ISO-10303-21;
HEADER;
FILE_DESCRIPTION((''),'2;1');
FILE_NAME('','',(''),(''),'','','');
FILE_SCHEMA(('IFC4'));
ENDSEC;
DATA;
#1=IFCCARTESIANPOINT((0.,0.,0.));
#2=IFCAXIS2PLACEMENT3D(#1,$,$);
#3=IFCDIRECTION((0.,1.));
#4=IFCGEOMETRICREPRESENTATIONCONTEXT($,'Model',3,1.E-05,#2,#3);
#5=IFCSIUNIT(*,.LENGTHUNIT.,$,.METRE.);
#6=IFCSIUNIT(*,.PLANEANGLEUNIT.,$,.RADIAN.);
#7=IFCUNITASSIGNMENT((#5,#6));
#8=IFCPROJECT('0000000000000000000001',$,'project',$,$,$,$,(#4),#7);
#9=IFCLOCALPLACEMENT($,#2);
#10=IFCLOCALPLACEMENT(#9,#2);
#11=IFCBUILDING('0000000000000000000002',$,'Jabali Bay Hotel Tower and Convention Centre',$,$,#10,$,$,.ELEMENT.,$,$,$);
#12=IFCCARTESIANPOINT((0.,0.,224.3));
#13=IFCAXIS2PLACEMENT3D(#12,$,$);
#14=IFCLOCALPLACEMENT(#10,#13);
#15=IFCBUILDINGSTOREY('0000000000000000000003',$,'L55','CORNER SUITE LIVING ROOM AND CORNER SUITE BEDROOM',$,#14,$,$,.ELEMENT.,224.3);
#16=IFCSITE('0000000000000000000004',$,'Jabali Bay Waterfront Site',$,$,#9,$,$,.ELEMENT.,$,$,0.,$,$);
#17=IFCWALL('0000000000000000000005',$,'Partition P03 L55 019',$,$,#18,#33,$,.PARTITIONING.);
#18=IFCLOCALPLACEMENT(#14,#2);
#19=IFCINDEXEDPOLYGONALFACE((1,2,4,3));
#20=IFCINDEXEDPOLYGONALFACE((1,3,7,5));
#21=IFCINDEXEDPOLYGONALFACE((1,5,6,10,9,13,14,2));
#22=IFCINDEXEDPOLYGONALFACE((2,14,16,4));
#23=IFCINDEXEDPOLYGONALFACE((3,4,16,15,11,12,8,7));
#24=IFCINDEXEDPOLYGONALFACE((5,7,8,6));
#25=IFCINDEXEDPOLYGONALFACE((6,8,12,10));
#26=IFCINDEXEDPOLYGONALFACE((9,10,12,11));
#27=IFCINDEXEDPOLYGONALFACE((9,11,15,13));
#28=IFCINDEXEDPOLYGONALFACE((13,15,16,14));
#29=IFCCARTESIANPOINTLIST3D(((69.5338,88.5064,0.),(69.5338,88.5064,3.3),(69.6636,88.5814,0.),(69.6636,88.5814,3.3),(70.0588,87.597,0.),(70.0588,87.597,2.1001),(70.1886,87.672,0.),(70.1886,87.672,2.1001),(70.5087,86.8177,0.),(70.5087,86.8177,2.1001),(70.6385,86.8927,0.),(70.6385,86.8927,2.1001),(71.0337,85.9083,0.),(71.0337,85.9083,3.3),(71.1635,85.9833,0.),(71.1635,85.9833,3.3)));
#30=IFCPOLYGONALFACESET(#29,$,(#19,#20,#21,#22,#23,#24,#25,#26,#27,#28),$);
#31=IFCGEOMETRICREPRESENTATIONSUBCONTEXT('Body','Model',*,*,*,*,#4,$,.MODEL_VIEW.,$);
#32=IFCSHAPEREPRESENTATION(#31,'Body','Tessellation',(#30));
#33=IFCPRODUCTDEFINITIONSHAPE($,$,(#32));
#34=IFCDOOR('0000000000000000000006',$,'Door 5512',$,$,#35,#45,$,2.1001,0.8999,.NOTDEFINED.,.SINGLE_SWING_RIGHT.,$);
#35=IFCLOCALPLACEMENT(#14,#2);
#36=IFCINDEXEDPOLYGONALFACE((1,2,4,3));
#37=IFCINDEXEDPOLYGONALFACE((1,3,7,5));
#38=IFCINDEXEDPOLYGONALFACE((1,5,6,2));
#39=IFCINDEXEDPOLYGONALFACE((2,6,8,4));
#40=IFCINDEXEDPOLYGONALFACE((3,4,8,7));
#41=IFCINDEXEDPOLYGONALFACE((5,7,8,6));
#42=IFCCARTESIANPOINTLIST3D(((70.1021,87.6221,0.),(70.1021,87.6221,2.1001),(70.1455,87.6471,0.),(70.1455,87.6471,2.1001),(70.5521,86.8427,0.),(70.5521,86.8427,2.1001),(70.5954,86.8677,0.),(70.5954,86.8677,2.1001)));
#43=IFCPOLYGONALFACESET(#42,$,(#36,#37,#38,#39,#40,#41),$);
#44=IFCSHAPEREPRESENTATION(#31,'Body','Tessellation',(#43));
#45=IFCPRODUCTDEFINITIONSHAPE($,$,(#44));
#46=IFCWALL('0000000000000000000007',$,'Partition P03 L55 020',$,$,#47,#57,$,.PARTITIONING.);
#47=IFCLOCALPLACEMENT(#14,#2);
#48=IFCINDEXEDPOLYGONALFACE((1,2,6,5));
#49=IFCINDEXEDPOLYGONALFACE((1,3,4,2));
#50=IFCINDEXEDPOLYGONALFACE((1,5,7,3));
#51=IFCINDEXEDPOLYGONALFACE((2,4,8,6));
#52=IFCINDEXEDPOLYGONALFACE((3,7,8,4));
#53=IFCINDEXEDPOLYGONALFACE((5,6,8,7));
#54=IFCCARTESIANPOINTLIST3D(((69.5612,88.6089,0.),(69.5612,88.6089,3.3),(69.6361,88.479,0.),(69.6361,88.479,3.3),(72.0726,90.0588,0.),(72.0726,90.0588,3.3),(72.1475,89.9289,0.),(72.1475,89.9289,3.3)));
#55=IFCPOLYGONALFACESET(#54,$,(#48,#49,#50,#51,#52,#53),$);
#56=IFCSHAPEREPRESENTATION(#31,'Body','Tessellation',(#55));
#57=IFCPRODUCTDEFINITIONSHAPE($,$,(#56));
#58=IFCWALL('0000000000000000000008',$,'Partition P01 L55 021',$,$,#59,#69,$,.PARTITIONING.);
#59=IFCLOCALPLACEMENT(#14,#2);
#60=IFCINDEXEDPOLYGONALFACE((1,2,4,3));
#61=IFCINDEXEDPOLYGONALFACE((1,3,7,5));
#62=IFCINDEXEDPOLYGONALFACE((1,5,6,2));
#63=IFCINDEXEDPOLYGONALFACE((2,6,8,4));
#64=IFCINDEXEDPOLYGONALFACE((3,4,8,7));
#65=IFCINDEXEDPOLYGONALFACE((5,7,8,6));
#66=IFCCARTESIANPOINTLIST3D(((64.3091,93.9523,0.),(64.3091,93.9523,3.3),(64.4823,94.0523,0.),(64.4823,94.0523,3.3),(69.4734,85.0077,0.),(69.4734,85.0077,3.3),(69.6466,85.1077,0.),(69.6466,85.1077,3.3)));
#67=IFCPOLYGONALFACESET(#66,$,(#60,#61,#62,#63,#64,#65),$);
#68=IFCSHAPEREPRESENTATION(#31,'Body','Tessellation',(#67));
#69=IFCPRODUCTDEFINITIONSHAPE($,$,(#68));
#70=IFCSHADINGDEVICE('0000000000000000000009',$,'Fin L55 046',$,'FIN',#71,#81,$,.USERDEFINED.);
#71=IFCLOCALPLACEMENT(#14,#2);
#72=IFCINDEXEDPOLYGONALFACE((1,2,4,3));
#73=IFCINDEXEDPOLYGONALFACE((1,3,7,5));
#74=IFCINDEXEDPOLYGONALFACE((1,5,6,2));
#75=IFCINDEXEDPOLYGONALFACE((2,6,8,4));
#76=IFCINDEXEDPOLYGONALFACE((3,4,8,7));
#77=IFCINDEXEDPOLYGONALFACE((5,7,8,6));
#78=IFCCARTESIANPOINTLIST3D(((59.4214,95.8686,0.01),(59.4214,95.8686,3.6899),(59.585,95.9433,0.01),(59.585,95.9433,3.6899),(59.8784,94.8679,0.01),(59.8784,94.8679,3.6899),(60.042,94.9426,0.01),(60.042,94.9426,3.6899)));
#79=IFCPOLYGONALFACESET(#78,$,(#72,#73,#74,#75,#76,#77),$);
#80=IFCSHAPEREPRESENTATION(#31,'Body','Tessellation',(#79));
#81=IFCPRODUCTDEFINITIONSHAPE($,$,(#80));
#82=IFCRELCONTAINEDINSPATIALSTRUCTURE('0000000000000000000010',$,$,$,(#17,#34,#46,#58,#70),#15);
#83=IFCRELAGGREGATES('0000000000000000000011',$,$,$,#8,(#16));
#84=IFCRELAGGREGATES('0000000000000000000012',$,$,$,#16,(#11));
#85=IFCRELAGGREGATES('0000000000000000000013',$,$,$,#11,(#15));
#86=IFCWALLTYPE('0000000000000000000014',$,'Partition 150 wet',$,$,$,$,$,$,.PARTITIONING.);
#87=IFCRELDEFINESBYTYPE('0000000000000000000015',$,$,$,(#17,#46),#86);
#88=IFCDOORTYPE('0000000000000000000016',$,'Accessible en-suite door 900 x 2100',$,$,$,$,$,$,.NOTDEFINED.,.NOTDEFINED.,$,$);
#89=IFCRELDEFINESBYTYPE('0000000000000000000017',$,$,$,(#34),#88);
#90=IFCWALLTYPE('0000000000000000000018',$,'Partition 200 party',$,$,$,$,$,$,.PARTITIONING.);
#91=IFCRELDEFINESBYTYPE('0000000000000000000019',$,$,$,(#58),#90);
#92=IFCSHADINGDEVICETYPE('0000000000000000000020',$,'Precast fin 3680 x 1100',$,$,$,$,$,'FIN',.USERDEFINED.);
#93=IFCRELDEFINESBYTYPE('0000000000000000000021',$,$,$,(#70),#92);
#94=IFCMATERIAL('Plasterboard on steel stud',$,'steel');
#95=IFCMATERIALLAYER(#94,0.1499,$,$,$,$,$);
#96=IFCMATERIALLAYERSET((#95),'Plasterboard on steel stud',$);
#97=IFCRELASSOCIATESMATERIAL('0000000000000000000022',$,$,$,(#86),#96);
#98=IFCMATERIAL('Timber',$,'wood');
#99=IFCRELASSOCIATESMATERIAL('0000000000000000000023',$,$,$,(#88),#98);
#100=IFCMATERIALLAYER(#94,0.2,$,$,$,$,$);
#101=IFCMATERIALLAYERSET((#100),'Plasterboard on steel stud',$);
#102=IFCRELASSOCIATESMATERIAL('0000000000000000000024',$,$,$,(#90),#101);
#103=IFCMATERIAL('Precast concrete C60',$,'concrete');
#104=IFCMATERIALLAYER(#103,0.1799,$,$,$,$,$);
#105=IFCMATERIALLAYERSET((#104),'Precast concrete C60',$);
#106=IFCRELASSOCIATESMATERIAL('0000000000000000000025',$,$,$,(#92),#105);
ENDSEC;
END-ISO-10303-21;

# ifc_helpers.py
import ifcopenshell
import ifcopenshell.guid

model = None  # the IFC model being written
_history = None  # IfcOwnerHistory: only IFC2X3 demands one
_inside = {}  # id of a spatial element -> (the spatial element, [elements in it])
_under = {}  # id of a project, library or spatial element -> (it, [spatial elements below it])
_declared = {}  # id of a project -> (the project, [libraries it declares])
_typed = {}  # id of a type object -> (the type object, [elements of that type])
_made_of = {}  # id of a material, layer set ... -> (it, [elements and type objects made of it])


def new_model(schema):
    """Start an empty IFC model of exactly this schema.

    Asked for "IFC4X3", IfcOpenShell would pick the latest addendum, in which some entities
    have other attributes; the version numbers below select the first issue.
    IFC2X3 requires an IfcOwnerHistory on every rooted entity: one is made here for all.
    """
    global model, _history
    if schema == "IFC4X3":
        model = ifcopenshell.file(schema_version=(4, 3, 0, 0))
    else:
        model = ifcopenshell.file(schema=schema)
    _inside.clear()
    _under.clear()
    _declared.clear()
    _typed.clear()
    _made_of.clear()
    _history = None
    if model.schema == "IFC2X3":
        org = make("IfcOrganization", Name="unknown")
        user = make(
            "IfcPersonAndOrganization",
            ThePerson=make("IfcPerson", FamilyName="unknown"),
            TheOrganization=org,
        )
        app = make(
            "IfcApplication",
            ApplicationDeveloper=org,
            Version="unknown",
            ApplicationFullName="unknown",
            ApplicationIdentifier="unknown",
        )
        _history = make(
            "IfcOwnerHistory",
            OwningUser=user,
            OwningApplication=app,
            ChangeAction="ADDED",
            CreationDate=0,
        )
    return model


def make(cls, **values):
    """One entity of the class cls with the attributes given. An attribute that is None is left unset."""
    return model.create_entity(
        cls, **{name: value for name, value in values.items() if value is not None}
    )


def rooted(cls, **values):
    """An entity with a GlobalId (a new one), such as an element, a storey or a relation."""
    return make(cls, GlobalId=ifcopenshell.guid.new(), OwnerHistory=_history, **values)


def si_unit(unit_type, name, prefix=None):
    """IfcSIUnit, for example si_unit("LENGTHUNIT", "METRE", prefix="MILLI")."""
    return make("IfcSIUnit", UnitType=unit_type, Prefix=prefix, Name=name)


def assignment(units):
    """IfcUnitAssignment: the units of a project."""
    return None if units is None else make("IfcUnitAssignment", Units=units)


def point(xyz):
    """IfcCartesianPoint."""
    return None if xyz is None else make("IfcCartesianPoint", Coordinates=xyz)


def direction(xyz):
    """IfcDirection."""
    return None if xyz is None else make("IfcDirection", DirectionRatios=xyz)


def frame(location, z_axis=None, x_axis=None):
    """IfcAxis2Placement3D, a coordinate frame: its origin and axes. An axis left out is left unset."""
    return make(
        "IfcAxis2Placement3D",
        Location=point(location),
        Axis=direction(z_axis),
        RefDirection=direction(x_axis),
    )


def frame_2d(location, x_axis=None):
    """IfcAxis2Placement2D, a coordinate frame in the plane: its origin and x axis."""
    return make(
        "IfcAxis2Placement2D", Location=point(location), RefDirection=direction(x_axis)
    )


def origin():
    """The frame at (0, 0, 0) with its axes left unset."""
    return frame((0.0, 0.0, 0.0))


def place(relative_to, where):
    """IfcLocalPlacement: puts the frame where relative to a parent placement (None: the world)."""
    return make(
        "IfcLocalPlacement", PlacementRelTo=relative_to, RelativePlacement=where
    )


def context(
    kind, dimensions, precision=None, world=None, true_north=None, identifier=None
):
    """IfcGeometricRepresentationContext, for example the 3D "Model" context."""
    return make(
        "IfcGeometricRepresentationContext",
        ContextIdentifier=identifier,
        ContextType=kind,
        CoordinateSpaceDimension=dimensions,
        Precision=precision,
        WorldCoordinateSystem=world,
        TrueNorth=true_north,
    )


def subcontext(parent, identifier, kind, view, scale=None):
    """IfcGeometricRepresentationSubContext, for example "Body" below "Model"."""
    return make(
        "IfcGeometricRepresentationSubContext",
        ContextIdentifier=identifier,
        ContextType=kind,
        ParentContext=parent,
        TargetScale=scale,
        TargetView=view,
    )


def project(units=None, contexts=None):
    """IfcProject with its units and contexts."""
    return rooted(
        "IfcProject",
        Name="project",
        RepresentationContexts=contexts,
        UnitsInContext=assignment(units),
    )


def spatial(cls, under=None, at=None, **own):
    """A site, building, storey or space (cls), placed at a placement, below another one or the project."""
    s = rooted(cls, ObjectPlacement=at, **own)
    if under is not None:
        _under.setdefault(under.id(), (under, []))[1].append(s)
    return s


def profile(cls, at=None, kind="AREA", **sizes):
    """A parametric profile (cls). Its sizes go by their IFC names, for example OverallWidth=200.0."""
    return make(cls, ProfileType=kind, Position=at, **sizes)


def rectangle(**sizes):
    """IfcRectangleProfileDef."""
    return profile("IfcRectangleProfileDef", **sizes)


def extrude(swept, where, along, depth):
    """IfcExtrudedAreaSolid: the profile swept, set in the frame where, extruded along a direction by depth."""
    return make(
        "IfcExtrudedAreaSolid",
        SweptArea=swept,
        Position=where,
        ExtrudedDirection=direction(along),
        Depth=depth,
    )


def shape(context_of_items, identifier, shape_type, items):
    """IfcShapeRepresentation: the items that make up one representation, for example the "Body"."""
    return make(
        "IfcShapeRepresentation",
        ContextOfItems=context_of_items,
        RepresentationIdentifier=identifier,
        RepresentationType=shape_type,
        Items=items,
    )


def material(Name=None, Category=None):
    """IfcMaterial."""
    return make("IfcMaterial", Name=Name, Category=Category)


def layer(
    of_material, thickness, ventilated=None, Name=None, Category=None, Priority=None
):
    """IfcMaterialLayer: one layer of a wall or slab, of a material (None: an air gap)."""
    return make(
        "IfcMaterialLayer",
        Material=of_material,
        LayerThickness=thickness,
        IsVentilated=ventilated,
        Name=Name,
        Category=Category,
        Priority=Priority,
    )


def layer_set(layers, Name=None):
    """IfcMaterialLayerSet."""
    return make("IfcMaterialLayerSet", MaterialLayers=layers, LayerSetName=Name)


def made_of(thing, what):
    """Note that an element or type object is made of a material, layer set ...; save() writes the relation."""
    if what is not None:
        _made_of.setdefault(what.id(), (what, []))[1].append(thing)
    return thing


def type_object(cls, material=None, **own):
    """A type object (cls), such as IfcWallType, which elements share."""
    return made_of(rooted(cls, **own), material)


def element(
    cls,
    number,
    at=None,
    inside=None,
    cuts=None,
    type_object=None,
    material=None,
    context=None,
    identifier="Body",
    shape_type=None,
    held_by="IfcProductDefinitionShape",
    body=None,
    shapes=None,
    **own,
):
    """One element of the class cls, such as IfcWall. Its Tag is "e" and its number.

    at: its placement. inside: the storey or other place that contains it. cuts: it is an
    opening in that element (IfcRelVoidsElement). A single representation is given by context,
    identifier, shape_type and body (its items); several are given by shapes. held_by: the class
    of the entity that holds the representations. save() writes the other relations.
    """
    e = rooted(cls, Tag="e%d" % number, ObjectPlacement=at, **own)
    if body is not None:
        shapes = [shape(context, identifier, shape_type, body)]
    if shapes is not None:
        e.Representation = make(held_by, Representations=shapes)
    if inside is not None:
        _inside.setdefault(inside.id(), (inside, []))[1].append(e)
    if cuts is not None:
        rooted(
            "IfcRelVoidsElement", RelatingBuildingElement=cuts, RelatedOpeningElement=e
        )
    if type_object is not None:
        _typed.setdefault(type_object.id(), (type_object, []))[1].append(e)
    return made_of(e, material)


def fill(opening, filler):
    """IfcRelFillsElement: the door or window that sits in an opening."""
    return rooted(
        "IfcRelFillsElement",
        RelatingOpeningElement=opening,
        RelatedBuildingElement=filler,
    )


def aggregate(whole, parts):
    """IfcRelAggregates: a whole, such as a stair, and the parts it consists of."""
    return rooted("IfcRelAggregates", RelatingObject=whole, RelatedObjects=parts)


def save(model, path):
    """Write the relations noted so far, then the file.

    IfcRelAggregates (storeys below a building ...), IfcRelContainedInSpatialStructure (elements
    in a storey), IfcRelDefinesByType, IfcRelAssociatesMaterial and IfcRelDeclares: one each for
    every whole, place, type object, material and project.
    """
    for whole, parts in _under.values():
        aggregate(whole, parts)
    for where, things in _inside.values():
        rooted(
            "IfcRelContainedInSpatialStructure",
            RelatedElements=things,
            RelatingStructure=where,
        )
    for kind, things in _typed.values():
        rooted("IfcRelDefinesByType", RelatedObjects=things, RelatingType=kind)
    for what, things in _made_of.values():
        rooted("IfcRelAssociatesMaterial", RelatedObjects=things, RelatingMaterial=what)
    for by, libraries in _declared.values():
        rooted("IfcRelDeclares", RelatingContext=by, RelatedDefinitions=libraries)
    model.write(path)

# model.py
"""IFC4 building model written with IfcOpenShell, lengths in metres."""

from ifc_helpers import new_model, si_unit, direction, frame, frame_2d, origin, place, context, subcontext, project, spatial, rectangle, extrude, material, layer, layer_set, type_object, element, fill, save


model = new_model("IFC4")

# Units and contexts
model_context = context("Model", 3, precision=1e-05, world=origin(), true_north=direction((0.0, 1.0)))
body_context = subcontext(model_context, "Body", "Model", "MODEL_VIEW")
ifc_project = project(units=[si_unit("LENGTHUNIT", "METRE"), si_unit("PLANEANGLEUNIT", "RADIAN")], contexts=[model_context])

# Site, building, storey
site_placement = place(None, origin())
site = spatial("IfcSite", under=ifc_project, at=site_placement, Name="Jabali Bay Waterfront Site", CompositionType="ELEMENT", RefElevation=0.0)
building_placement = place(site_placement, origin())
building = spatial("IfcBuilding", under=site, at=building_placement, Name="Jabali Bay Hotel Tower and Convention Centre", CompositionType="ELEMENT")
storey_placement = place(building_placement, frame((0.0, 0.0, 224.3)))
storey = spatial("IfcBuildingStorey", under=building, at=storey_placement, Name="L55", Description="CORNER SUITE LIVING ROOM AND CORNER SUITE BEDROOM", CompositionType="ELEMENT", Elevation=224.3)

# Shared definitions
ifc_material_1 = material(Name="Timber", Category="wood")

# Shared definitions
ifc_material_2 = material(Name="Plasterboard on steel stud", Category="steel")

# Shared definitions
ifc_layer_1 = layer(ifc_material_2, 0.1499)
ifc_layer_set_1 = layer_set([ifc_layer_1], Name="Plasterboard on steel stud")
wall_type_1 = type_object("IfcWallType", Name="Partition 150 wet", PredefinedType="PARTITIONING", material=ifc_layer_set_1)

# Wall, opening, door
wall_1_placement = place(storey_placement, frame((71.0986, 85.9458, 0.0), z_axis=(0.0, 0.0, 1.0), x_axis=(-0.49999, 0.866031, 0.0)))
wall_1 = element("IfcWall", 1, at=wall_1_placement, inside=storey, type_object=wall_type_1, Name="Partition P03 L55 019", PredefinedType="PARTITIONING", context=body_context, shape_type="SweptSolid", body=[
    extrude(rectangle(XDim=3.0, YDim=0.1499, at=frame_2d((1.5, 0.0))), origin(), (0.0, 0.0, 1.0), 3.3),
])
opening_1_placement = place(wall_1_placement, frame((1.05, 0.0, 0.0)))
opening_1 = element("IfcOpeningElement", 2, at=opening_1_placement, cuts=wall_1, PredefinedType="OPENING", context=body_context, shape_type="SweptSolid", body=[
    extrude(rectangle(XDim=0.8999, YDim=2.1001, at=frame_2d((0.45, 1.05))), frame((0.0, 0.0854, 0.0), z_axis=(0.0, -1.0, 0.0), x_axis=(1.0, 0.0, 0.0)), (0.0, 0.0, 1.0), 0.1709),
])
door_type_1 = type_object("IfcDoorType", Name="Accessible en-suite door 900 x 2100", OperationType="NOTDEFINED", PredefinedType="NOTDEFINED", material=ifc_material_1)
door_1_placement = place(opening_1_placement, origin())
door_1 = element("IfcDoor", 3, at=door_1_placement, inside=storey, type_object=door_type_1, Name="Door 5512", OperationType="SINGLE_SWING_RIGHT", OverallHeight=2.1001, OverallWidth=0.8999, PredefinedType="NOTDEFINED", context=body_context, shape_type="SweptSolid", body=[
    extrude(rectangle(XDim=0.8999, YDim=2.1001, at=frame_2d((0.45, 1.05))), frame((0.0, 0.0249, 0.0), z_axis=(0.0, -1.0, 0.0), x_axis=(1.0, 0.0, 0.0)), (0.0, 0.0, 1.0), 0.05),
])
fill(opening_1, door_1)

# Walls
wall_2_placement = place(storey_placement, frame((69.5986, 88.5439, 0.0), z_axis=(0.0, 0.0, 1.0), x_axis=(0.866033, 0.499987, 0.0)))
element("IfcWall", 4, at=wall_2_placement, inside=storey, type_object=wall_type_1, Name="Partition P03 L55 020", PredefinedType="PARTITIONING", context=body_context, shape_type="SweptSolid", body=[
    extrude(rectangle(XDim=2.8999, YDim=0.1499, at=frame_2d((1.45, 0.0))), origin(), (0.0, 0.0, 1.0), 3.3),
])
ifc_layer_2 = layer(ifc_material_2, 0.2)
ifc_layer_set_2 = layer_set([ifc_layer_2], Name="Plasterboard on steel stud")
wall_type_2 = type_object("IfcWallType", Name="Partition 200 party", PredefinedType="PARTITIONING", material=ifc_layer_set_2)
wall_3_placement = place(storey_placement, frame((64.3958, 94.0022, 0.0), z_axis=(0.0, 0.0, 1.0), x_axis=(0.500011, -0.866019, 0.0)))
element("IfcWall", 5, at=wall_3_placement, inside=storey, type_object=wall_type_2, Name="Partition P01 L55 021", PredefinedType="PARTITIONING", context=body_context, shape_type="SweptSolid", body=[
    extrude(rectangle(XDim=10.3284, YDim=0.2, at=frame_2d((5.1641, 0.0))), origin(), (0.0, 0.0, 1.0), 3.3),
])

# Shading device
ifc_material_3 = material(Name="Precast concrete C60", Category="concrete")
ifc_layer_3 = layer(ifc_material_3, 0.1799)
ifc_layer_set_3 = layer_set([ifc_layer_3], Name="Precast concrete C60")
shading_device_type = type_object("IfcShadingDeviceType", Name="Precast fin 3680 x 1100", ElementType="FIN", PredefinedType="USERDEFINED", material=ifc_layer_set_3)
shading_device_placement = place(storey_placement, frame((59.9602, 94.9053, 0.01), z_axis=(0.0, 0.0, 1.0), x_axis=(-0.415424, 0.909628, 0.0)))
element("IfcShadingDevice", 6, at=shading_device_placement, inside=storey, type_object=shading_device_type, Name="Fin L55 046", ObjectType="FIN", PredefinedType="USERDEFINED", context=body_context, shape_type="SweptSolid", body=[
    extrude(rectangle(XDim=1.1001, YDim=0.1799, at=frame_2d((0.55, 0.0))), origin(), (0.0, 0.0, 1.0), 3.6799),
])

save(model, "model.ifc")
